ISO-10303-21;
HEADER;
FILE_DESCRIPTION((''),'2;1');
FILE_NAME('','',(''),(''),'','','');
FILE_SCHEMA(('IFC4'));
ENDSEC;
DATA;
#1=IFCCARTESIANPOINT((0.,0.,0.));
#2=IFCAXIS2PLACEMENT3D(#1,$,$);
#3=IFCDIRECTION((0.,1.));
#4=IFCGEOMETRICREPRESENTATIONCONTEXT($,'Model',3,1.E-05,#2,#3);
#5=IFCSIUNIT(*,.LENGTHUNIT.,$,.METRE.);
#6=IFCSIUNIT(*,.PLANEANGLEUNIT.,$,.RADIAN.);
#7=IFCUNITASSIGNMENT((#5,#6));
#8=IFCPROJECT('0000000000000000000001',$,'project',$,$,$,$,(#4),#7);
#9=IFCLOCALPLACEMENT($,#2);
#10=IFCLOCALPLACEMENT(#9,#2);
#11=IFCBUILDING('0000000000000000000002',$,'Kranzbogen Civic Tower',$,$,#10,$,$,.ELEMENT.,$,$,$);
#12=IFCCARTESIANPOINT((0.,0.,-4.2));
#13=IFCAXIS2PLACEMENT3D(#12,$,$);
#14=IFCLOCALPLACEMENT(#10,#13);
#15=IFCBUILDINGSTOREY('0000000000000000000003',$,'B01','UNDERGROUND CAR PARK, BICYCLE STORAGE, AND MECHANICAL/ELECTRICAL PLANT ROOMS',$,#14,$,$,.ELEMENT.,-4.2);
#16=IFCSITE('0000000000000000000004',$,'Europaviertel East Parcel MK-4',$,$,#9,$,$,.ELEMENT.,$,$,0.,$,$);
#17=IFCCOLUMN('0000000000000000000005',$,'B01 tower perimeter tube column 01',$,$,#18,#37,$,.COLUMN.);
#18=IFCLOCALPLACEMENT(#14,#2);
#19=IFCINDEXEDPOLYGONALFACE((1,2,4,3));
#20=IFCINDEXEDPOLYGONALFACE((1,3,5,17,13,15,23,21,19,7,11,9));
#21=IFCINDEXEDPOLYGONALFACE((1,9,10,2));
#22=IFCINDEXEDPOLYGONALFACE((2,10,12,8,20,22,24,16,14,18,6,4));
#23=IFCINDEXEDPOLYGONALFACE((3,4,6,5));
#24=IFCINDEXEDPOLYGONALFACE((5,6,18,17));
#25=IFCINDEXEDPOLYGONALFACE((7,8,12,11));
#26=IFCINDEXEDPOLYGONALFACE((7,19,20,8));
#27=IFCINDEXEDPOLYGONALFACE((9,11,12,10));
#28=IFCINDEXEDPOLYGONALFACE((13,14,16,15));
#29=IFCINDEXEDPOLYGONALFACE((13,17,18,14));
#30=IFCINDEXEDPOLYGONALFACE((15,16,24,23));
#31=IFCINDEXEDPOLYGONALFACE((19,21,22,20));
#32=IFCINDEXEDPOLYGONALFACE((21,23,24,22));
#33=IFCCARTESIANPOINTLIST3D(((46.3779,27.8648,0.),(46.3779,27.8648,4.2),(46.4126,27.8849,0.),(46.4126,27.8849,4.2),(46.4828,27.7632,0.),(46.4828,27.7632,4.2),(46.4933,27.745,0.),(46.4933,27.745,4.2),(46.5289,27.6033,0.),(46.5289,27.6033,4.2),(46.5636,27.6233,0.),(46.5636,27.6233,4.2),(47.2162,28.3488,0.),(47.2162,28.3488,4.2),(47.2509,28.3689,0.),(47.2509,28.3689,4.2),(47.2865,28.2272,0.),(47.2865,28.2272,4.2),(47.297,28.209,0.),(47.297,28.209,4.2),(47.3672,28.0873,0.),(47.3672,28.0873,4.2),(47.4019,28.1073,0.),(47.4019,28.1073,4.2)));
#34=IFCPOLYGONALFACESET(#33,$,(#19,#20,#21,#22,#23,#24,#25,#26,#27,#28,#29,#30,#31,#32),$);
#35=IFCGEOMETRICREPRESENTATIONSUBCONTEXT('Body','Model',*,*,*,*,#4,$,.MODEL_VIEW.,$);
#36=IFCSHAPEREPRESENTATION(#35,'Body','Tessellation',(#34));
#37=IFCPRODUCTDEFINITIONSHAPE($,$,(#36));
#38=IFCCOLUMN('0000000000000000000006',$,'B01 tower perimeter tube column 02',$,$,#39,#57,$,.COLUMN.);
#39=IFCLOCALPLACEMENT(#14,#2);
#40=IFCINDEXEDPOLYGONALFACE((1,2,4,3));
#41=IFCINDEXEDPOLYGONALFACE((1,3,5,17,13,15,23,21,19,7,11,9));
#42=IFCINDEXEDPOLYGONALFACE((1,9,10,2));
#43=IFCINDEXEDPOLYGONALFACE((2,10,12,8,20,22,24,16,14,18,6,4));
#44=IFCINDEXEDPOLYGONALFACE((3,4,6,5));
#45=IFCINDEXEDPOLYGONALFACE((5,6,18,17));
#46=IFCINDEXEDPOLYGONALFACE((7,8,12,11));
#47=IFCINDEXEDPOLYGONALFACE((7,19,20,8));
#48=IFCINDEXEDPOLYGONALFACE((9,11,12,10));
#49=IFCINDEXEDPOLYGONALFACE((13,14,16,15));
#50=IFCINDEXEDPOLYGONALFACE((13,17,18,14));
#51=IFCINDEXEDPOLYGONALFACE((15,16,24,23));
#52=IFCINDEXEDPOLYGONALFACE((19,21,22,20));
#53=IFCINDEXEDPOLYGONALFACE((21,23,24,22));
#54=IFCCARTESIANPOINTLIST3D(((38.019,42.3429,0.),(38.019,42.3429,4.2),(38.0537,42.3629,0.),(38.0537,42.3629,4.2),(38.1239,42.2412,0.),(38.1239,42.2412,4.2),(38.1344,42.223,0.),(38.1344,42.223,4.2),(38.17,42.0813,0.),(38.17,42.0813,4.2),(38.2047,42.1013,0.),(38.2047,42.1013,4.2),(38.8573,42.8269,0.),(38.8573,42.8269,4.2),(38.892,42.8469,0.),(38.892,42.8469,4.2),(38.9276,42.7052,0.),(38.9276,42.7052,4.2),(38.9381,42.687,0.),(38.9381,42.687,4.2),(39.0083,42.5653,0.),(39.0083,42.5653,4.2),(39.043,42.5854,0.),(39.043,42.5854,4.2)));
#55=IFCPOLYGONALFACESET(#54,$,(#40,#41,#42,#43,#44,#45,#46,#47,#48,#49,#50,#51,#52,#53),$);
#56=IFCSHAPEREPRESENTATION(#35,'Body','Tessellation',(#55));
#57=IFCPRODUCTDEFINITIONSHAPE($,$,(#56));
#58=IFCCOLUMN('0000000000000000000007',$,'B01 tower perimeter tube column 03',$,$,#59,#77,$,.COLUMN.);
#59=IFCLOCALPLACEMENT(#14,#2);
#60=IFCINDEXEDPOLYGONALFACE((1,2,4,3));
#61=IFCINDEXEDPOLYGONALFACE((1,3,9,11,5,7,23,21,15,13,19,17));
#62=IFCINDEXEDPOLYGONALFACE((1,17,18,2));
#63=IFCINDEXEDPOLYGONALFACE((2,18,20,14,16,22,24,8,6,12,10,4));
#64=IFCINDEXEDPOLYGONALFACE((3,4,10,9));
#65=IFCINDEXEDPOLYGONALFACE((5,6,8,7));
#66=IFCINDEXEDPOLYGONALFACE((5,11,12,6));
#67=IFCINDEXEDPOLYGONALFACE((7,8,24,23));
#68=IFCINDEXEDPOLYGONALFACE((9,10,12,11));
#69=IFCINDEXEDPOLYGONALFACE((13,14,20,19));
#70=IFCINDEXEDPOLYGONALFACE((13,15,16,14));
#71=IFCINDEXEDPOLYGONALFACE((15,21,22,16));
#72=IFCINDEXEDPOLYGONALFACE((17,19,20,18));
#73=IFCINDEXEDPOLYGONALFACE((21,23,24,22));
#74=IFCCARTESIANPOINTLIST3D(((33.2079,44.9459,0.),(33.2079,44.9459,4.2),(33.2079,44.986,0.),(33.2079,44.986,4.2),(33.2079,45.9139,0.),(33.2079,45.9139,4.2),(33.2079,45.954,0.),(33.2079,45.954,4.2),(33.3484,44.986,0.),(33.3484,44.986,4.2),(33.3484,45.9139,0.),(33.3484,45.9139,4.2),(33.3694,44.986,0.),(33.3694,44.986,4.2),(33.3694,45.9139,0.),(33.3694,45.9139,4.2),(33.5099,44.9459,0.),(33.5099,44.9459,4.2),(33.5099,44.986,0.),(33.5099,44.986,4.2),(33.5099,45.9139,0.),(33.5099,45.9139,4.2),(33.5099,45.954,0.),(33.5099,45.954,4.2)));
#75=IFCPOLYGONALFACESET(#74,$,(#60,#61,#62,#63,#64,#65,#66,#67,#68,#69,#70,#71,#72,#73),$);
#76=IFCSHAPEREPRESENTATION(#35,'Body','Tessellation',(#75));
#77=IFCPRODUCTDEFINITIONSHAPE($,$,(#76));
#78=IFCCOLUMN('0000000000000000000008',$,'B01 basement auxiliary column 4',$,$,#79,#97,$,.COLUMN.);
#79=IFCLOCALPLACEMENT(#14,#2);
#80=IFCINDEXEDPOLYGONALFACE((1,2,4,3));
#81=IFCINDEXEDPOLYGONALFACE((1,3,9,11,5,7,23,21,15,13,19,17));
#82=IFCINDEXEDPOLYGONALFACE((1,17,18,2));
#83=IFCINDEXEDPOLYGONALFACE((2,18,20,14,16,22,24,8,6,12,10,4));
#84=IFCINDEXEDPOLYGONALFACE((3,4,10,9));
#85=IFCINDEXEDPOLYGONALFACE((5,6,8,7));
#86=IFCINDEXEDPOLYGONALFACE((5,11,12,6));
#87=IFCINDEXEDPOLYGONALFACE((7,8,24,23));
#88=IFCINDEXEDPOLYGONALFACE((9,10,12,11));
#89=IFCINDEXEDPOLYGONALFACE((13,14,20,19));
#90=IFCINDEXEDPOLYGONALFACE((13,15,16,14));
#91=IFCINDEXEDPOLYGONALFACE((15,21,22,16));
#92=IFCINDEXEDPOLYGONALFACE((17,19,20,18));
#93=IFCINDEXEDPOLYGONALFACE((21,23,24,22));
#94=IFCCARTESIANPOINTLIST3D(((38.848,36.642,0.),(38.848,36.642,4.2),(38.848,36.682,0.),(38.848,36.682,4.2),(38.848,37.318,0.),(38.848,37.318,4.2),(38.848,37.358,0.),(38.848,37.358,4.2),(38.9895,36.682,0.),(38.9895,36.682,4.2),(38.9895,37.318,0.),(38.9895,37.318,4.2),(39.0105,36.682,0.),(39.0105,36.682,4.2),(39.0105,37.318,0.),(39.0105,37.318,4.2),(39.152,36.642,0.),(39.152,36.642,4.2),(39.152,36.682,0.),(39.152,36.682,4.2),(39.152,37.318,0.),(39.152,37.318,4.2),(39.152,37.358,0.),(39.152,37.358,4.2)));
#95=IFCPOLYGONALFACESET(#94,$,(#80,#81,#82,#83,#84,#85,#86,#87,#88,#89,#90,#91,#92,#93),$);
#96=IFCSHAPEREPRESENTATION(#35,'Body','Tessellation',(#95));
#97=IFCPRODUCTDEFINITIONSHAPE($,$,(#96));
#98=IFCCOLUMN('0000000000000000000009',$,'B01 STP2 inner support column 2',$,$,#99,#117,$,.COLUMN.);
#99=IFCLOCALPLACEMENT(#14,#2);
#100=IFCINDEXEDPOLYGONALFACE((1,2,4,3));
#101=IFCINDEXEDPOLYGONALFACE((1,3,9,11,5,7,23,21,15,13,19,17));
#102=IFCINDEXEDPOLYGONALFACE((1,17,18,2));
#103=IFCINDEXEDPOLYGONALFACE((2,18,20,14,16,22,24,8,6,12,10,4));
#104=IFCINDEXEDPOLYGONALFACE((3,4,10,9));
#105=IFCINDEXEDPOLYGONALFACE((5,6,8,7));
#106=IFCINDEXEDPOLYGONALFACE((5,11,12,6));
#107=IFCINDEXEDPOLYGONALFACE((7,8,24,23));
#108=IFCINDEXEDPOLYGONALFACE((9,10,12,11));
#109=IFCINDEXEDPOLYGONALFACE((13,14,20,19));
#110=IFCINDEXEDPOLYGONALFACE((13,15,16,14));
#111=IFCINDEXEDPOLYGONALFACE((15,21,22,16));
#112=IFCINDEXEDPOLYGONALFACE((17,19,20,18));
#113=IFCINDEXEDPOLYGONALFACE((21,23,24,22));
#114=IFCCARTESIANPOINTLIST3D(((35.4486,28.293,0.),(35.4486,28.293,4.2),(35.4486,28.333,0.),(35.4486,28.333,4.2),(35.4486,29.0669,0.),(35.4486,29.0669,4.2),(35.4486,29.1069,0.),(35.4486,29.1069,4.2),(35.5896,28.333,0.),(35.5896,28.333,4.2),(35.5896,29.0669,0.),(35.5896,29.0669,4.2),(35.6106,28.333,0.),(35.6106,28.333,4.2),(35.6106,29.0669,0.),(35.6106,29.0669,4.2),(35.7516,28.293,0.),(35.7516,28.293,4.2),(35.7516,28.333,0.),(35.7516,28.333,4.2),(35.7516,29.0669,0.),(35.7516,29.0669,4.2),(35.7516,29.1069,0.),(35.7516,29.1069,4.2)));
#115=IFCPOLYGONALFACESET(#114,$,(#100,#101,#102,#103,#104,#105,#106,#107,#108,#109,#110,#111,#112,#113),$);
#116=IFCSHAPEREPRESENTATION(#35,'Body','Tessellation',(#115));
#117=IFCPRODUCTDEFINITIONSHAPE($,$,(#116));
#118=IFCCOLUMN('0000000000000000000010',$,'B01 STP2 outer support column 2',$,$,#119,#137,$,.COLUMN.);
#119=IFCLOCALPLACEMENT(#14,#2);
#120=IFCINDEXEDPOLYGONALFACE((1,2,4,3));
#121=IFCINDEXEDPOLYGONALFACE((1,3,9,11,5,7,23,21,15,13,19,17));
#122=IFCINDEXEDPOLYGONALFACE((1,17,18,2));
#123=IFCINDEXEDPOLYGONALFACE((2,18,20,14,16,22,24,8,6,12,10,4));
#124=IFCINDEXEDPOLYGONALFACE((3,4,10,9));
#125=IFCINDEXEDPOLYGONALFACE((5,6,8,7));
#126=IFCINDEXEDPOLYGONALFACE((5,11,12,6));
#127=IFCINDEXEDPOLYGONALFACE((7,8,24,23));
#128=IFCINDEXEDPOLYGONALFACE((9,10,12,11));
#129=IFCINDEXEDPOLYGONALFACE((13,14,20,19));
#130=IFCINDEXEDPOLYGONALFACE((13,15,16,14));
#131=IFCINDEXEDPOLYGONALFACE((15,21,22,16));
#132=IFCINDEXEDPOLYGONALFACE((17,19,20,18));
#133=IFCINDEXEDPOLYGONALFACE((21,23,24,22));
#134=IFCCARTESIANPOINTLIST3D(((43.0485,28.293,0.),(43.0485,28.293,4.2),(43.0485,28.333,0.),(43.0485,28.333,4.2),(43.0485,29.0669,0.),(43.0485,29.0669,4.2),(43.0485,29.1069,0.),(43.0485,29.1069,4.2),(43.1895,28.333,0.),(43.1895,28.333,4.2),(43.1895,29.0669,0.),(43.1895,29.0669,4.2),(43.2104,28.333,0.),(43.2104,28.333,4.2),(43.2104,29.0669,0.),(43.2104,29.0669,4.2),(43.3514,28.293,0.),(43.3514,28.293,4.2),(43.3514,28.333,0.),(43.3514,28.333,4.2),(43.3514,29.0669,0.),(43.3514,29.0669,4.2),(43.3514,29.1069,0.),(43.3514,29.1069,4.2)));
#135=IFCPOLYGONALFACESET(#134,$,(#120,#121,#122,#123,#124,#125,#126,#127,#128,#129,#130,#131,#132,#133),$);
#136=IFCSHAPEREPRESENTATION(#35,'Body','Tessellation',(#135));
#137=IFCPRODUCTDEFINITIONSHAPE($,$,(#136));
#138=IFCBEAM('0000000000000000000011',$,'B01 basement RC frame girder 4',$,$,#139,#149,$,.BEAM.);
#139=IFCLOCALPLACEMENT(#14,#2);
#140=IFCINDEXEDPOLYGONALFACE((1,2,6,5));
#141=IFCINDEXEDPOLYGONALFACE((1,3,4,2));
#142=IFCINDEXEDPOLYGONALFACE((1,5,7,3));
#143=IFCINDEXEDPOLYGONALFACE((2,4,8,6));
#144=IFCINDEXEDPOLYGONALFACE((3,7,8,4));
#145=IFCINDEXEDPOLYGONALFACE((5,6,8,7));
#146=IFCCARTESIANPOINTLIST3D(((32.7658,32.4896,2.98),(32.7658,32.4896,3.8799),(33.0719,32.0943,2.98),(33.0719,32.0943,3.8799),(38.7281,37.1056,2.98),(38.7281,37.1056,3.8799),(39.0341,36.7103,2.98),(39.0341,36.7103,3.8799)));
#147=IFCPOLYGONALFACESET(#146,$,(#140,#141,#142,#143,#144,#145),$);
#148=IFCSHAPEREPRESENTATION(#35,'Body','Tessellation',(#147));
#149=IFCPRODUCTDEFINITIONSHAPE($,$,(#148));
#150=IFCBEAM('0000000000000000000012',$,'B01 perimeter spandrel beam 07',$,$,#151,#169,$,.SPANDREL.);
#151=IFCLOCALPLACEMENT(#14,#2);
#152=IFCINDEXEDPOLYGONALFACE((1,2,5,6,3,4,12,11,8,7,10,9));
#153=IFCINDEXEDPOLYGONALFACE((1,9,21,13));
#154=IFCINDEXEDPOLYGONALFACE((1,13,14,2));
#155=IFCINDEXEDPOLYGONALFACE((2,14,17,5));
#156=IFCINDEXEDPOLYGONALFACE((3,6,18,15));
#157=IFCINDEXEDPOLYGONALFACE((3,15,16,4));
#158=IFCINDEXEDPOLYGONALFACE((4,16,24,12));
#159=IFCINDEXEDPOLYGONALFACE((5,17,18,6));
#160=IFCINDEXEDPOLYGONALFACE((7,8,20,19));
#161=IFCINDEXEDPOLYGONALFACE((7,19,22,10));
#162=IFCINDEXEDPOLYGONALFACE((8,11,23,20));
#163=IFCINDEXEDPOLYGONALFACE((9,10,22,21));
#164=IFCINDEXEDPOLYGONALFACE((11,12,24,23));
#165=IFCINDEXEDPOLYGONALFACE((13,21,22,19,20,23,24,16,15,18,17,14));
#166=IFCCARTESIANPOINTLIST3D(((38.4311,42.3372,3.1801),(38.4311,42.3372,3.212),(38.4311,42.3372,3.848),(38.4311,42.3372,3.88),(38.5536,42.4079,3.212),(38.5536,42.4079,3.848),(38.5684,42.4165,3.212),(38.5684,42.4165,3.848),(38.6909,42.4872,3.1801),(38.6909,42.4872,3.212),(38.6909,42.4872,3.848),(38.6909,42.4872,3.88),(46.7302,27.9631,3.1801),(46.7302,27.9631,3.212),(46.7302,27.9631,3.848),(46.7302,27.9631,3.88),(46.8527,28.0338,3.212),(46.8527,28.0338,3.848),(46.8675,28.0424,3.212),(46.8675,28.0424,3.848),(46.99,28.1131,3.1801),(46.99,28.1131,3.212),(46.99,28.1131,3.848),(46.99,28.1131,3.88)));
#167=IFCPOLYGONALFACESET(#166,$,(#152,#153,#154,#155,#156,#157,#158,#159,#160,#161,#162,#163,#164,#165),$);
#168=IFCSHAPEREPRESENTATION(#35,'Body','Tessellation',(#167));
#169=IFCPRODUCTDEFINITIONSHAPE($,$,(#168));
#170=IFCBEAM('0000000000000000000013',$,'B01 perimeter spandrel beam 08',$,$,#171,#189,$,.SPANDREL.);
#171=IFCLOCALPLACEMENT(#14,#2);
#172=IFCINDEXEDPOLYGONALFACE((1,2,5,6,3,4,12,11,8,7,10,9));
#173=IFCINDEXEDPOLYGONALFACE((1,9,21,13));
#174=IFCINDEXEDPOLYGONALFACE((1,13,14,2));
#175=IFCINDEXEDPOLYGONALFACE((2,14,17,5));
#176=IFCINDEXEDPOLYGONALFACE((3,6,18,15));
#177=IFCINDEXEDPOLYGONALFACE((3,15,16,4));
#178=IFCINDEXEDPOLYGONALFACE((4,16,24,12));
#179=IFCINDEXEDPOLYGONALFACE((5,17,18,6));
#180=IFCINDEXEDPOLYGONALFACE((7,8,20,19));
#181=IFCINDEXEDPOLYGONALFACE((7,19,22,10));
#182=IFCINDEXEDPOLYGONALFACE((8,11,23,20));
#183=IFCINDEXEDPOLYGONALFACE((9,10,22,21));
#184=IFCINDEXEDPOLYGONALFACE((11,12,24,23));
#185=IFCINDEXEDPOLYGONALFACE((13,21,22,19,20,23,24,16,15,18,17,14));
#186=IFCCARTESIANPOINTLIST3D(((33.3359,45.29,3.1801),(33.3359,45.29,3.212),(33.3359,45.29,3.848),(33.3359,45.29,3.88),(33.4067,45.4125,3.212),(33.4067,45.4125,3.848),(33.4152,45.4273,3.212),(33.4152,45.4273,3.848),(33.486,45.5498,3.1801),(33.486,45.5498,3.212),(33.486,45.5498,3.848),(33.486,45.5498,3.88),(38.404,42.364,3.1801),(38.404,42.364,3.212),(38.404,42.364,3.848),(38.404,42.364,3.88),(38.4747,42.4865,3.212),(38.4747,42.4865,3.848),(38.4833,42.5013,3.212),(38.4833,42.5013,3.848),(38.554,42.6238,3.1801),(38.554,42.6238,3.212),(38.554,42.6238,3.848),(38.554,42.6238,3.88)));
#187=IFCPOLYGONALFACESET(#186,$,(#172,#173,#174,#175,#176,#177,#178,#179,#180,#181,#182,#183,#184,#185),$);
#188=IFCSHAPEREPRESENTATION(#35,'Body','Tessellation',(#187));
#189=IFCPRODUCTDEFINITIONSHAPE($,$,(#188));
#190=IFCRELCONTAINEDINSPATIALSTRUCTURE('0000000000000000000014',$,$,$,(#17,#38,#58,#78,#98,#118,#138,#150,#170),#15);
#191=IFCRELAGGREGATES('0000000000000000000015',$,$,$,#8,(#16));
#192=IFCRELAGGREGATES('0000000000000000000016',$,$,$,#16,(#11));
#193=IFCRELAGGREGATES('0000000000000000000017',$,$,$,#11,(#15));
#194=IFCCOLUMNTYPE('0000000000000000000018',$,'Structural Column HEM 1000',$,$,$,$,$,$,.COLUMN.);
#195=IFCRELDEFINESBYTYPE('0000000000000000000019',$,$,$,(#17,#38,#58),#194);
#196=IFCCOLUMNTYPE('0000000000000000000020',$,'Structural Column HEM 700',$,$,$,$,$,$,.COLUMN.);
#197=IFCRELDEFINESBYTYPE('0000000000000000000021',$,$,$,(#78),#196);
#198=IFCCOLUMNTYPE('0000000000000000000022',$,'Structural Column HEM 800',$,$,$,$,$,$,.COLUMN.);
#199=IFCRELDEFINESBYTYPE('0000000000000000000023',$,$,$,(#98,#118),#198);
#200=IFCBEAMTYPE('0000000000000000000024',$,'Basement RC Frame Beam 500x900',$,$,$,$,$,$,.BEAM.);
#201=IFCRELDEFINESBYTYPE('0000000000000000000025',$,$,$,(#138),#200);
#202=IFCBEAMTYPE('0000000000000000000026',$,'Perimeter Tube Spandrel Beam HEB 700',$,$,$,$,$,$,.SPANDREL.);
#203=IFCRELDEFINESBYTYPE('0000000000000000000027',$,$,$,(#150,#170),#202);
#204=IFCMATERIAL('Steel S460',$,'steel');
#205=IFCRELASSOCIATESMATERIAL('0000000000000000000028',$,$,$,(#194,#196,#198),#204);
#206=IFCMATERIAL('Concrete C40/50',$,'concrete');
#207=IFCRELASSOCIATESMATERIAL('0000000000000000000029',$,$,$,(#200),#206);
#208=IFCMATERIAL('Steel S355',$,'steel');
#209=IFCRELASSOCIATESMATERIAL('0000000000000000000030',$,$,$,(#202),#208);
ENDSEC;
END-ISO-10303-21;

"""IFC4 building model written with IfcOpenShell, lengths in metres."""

from ifc_helpers import new_model, si_unit, direction, frame, origin, origin_2d, place, context, subcontext, project, spatial, rectangle, i_section, extrude, material, material_profile, profile_set, type_object, element, save


model = new_model("IFC4")

# Units and contexts
model_context = context("Model", 3, precision=1e-05, world=origin(), true_north=direction((0.0, 1.0)))
body_context = subcontext(model_context, "Body", "Model", "MODEL_VIEW")
ifc_project = project(units=[si_unit("LENGTHUNIT", "METRE"), si_unit("PLANEANGLEUNIT", "RADIAN")], contexts=[model_context])

# Site, building, storey
site_placement = place(None, origin())
site = spatial("IfcSite", under=ifc_project, at=site_placement, Name="Europaviertel East Parcel MK-4", CompositionType="ELEMENT", RefElevation=0.0)
building_placement = place(site_placement, origin())
building = spatial("IfcBuilding", under=site, at=building_placement, Name="Kranzbogen Civic Tower", CompositionType="ELEMENT")
storey_placement = place(building_placement, frame((0.0, 0.0, -4.2)))
storey = spatial("IfcBuildingStorey", under=building, at=storey_placement, Name="B01", Description="UNDERGROUND CAR PARK, BICYCLE STORAGE, AND MECHANICAL/ELECTRICAL PLANT ROOMS", CompositionType="ELEMENT", Elevation=-4.2)

# Columns
ifc_material_1 = material(Name="Steel S460", Category="steel")
ifc_material_profile_1 = material_profile(ifc_material_1, i_section(OverallWidth=0.302, OverallDepth=1.0081, WebThickness=0.021, FlangeThickness=0.04, at=origin_2d()), Name="HEM 1000")
ifc_profile_set_1 = profile_set([ifc_material_profile_1], Name="Steel S460")
column_type_1 = type_object("IfcColumnType", Name="Structural Column HEM 1000", PredefinedType="COLUMN", material=ifc_profile_set_1)
for number, where, z_axis, x_axis, name in (
    (1, (46.8899, 27.9861, 0.0), (0.0, 0.0, 1.0), (-0.5, 0.866025, 0.0), "B01 tower perimeter tube column 01"),
    (2, (38.531, 42.4641, 0.0), (0.0, 0.0, 1.0), (-0.5, 0.866025, 0.0), "B01 tower perimeter tube column 02"),
    (3, (33.3589, 45.45, 0.0), (0.0, 0.0, 1.0), (1.0, 0.0, 0.0), "B01 tower perimeter tube column 03"),
):
    element("IfcColumn", number, at=place(storey_placement, frame(where, z_axis=z_axis, x_axis=x_axis)), inside=storey, type_object=column_type_1, Name=name, PredefinedType="COLUMN", context=body_context, shape_type="SweptSolid", body=[
        extrude(i_section(OverallWidth=0.302, OverallDepth=1.0081, WebThickness=0.021, FlangeThickness=0.04, at=origin_2d()), origin(), (0.0, 0.0, 1.0), 4.2),
    ])
ifc_material_profile_2 = material_profile(ifc_material_1, i_section(OverallWidth=0.304, OverallDepth=0.7161, WebThickness=0.021, FlangeThickness=0.04, at=origin_2d()), Name="HEM 700")
ifc_profile_set_2 = profile_set([ifc_material_profile_2], Name="Steel S460")
column_type_2 = type_object("IfcColumnType", Name="Structural Column HEM 700", PredefinedType="COLUMN", material=ifc_profile_set_2)
column_placement = place(storey_placement, frame((39.0, 37.0, 0.0), z_axis=(0.0, 0.0, 1.0), x_axis=(1.0, 0.0, 0.0)))
element("IfcColumn", 4, at=column_placement, inside=storey, type_object=column_type_2, Name="B01 basement auxiliary column 4", PredefinedType="COLUMN", context=body_context, shape_type="SweptSolid", body=[
    extrude(i_section(OverallWidth=0.304, OverallDepth=0.7161, WebThickness=0.021, FlangeThickness=0.04, at=origin_2d()), origin(), (0.0, 0.0, 1.0), 4.2),
])
ifc_material_profile_3 = material_profile(ifc_material_1, i_section(OverallWidth=0.303, OverallDepth=0.814, WebThickness=0.021, FlangeThickness=0.04, at=origin_2d()), Name="HEM 800")
ifc_profile_set_3 = profile_set([ifc_material_profile_3], Name="Steel S460")
column_type_3 = type_object("IfcColumnType", Name="Structural Column HEM 800", PredefinedType="COLUMN", material=ifc_profile_set_3)
for number, where, z_axis, x_axis, name in (
    (5, (35.6001, 28.7, 0.0), (0.0, 0.0, 1.0), (1.0, 0.0, 0.0), "B01 STP2 inner support column 2"),
    (6, (43.2, 28.7, 0.0), (0.0, 0.0, 1.0), (1.0, 0.0, 0.0), "B01 STP2 outer support column 2"),
):
    element("IfcColumn", number, at=place(storey_placement, frame(where, z_axis=z_axis, x_axis=x_axis)), inside=storey, type_object=column_type_3, Name=name, PredefinedType="COLUMN", context=body_context, shape_type="SweptSolid", body=[
        extrude(i_section(OverallWidth=0.303, OverallDepth=0.814, WebThickness=0.021, FlangeThickness=0.04, at=origin_2d()), origin(), (0.0, 0.0, 1.0), 4.2),
    ])

# Beams
ifc_material_2 = material(Name="Concrete C40/50", Category="concrete")
ifc_material_profile_4 = material_profile(ifc_material_2, rectangle(XDim=0.5, YDim=0.8999, at=origin_2d()), Name="RC-BM 500x900")
ifc_profile_set_4 = profile_set([ifc_material_profile_4], Name="Concrete C40/50")
beam_type_1 = type_object("IfcBeamType", Name="Basement RC Frame Beam 500x900", PredefinedType="BEAM", material=ifc_profile_set_4)
beam_1_placement = place(storey_placement, frame((38.8811, 36.908, 3.4299), z_axis=(-0.790717, -0.612182, 0.0), x_axis=(0.612182, -0.790717, 0.0)))
element("IfcBeam", 7, at=beam_1_placement, inside=storey, type_object=beam_type_1, Name="B01 basement RC frame girder 4", PredefinedType="BEAM", context=body_context, shape_type="SweptSolid", body=[
    extrude(rectangle(XDim=0.5, YDim=0.8999, at=origin_2d()), origin(), (0.0, 0.0, 1.0), 7.5403),
])
ifc_material_3 = material(Name="Steel S355", Category="steel")
ifc_material_profile_5 = material_profile(ifc_material_3, i_section(OverallWidth=0.3, OverallDepth=0.7, WebThickness=0.0171, FlangeThickness=0.032, at=origin_2d()), Name="HEB 700")
ifc_profile_set_5 = profile_set([ifc_material_profile_5], Name="Steel S355")
beam_type_2 = type_object("IfcBeamType", Name="Perimeter Tube Spandrel Beam HEB 700", PredefinedType="SPANDREL", material=ifc_profile_set_5)
beam_2_placement = place(storey_placement, frame((46.8601, 28.0381, 3.53), z_axis=(-0.50001, 0.86602, 0.0), x_axis=(-0.86602, -0.50001, 0.0)))
element("IfcBeam", 8, at=beam_2_placement, inside=storey, type_object=beam_type_2, Name="B01 perimeter spandrel beam 07", PredefinedType="SPANDREL", context=body_context, shape_type="SweptSolid", body=[
    extrude(i_section(OverallWidth=0.3, OverallDepth=0.7, WebThickness=0.0171, FlangeThickness=0.032, at=origin_2d()), origin(), (0.0, 0.0, 1.0), 16.5979),
])
beam_3_placement = place(storey_placement, frame((38.479, 42.4939, 3.53), z_axis=(-0.866029, 0.499993, 0.0), x_axis=(-0.499993, -0.866029, 0.0)))
element("IfcBeam", 9, at=beam_3_placement, inside=storey, type_object=beam_type_2, Name="B01 perimeter spandrel beam 08", PredefinedType="SPANDREL", context=body_context, shape_type="SweptSolid", body=[
    extrude(i_section(OverallWidth=0.3, OverallDepth=0.7, WebThickness=0.0171, FlangeThickness=0.032, at=origin_2d()), origin(), (0.0, 0.0, 1.0), 5.8521),
])

save(model, "model.ifc")
